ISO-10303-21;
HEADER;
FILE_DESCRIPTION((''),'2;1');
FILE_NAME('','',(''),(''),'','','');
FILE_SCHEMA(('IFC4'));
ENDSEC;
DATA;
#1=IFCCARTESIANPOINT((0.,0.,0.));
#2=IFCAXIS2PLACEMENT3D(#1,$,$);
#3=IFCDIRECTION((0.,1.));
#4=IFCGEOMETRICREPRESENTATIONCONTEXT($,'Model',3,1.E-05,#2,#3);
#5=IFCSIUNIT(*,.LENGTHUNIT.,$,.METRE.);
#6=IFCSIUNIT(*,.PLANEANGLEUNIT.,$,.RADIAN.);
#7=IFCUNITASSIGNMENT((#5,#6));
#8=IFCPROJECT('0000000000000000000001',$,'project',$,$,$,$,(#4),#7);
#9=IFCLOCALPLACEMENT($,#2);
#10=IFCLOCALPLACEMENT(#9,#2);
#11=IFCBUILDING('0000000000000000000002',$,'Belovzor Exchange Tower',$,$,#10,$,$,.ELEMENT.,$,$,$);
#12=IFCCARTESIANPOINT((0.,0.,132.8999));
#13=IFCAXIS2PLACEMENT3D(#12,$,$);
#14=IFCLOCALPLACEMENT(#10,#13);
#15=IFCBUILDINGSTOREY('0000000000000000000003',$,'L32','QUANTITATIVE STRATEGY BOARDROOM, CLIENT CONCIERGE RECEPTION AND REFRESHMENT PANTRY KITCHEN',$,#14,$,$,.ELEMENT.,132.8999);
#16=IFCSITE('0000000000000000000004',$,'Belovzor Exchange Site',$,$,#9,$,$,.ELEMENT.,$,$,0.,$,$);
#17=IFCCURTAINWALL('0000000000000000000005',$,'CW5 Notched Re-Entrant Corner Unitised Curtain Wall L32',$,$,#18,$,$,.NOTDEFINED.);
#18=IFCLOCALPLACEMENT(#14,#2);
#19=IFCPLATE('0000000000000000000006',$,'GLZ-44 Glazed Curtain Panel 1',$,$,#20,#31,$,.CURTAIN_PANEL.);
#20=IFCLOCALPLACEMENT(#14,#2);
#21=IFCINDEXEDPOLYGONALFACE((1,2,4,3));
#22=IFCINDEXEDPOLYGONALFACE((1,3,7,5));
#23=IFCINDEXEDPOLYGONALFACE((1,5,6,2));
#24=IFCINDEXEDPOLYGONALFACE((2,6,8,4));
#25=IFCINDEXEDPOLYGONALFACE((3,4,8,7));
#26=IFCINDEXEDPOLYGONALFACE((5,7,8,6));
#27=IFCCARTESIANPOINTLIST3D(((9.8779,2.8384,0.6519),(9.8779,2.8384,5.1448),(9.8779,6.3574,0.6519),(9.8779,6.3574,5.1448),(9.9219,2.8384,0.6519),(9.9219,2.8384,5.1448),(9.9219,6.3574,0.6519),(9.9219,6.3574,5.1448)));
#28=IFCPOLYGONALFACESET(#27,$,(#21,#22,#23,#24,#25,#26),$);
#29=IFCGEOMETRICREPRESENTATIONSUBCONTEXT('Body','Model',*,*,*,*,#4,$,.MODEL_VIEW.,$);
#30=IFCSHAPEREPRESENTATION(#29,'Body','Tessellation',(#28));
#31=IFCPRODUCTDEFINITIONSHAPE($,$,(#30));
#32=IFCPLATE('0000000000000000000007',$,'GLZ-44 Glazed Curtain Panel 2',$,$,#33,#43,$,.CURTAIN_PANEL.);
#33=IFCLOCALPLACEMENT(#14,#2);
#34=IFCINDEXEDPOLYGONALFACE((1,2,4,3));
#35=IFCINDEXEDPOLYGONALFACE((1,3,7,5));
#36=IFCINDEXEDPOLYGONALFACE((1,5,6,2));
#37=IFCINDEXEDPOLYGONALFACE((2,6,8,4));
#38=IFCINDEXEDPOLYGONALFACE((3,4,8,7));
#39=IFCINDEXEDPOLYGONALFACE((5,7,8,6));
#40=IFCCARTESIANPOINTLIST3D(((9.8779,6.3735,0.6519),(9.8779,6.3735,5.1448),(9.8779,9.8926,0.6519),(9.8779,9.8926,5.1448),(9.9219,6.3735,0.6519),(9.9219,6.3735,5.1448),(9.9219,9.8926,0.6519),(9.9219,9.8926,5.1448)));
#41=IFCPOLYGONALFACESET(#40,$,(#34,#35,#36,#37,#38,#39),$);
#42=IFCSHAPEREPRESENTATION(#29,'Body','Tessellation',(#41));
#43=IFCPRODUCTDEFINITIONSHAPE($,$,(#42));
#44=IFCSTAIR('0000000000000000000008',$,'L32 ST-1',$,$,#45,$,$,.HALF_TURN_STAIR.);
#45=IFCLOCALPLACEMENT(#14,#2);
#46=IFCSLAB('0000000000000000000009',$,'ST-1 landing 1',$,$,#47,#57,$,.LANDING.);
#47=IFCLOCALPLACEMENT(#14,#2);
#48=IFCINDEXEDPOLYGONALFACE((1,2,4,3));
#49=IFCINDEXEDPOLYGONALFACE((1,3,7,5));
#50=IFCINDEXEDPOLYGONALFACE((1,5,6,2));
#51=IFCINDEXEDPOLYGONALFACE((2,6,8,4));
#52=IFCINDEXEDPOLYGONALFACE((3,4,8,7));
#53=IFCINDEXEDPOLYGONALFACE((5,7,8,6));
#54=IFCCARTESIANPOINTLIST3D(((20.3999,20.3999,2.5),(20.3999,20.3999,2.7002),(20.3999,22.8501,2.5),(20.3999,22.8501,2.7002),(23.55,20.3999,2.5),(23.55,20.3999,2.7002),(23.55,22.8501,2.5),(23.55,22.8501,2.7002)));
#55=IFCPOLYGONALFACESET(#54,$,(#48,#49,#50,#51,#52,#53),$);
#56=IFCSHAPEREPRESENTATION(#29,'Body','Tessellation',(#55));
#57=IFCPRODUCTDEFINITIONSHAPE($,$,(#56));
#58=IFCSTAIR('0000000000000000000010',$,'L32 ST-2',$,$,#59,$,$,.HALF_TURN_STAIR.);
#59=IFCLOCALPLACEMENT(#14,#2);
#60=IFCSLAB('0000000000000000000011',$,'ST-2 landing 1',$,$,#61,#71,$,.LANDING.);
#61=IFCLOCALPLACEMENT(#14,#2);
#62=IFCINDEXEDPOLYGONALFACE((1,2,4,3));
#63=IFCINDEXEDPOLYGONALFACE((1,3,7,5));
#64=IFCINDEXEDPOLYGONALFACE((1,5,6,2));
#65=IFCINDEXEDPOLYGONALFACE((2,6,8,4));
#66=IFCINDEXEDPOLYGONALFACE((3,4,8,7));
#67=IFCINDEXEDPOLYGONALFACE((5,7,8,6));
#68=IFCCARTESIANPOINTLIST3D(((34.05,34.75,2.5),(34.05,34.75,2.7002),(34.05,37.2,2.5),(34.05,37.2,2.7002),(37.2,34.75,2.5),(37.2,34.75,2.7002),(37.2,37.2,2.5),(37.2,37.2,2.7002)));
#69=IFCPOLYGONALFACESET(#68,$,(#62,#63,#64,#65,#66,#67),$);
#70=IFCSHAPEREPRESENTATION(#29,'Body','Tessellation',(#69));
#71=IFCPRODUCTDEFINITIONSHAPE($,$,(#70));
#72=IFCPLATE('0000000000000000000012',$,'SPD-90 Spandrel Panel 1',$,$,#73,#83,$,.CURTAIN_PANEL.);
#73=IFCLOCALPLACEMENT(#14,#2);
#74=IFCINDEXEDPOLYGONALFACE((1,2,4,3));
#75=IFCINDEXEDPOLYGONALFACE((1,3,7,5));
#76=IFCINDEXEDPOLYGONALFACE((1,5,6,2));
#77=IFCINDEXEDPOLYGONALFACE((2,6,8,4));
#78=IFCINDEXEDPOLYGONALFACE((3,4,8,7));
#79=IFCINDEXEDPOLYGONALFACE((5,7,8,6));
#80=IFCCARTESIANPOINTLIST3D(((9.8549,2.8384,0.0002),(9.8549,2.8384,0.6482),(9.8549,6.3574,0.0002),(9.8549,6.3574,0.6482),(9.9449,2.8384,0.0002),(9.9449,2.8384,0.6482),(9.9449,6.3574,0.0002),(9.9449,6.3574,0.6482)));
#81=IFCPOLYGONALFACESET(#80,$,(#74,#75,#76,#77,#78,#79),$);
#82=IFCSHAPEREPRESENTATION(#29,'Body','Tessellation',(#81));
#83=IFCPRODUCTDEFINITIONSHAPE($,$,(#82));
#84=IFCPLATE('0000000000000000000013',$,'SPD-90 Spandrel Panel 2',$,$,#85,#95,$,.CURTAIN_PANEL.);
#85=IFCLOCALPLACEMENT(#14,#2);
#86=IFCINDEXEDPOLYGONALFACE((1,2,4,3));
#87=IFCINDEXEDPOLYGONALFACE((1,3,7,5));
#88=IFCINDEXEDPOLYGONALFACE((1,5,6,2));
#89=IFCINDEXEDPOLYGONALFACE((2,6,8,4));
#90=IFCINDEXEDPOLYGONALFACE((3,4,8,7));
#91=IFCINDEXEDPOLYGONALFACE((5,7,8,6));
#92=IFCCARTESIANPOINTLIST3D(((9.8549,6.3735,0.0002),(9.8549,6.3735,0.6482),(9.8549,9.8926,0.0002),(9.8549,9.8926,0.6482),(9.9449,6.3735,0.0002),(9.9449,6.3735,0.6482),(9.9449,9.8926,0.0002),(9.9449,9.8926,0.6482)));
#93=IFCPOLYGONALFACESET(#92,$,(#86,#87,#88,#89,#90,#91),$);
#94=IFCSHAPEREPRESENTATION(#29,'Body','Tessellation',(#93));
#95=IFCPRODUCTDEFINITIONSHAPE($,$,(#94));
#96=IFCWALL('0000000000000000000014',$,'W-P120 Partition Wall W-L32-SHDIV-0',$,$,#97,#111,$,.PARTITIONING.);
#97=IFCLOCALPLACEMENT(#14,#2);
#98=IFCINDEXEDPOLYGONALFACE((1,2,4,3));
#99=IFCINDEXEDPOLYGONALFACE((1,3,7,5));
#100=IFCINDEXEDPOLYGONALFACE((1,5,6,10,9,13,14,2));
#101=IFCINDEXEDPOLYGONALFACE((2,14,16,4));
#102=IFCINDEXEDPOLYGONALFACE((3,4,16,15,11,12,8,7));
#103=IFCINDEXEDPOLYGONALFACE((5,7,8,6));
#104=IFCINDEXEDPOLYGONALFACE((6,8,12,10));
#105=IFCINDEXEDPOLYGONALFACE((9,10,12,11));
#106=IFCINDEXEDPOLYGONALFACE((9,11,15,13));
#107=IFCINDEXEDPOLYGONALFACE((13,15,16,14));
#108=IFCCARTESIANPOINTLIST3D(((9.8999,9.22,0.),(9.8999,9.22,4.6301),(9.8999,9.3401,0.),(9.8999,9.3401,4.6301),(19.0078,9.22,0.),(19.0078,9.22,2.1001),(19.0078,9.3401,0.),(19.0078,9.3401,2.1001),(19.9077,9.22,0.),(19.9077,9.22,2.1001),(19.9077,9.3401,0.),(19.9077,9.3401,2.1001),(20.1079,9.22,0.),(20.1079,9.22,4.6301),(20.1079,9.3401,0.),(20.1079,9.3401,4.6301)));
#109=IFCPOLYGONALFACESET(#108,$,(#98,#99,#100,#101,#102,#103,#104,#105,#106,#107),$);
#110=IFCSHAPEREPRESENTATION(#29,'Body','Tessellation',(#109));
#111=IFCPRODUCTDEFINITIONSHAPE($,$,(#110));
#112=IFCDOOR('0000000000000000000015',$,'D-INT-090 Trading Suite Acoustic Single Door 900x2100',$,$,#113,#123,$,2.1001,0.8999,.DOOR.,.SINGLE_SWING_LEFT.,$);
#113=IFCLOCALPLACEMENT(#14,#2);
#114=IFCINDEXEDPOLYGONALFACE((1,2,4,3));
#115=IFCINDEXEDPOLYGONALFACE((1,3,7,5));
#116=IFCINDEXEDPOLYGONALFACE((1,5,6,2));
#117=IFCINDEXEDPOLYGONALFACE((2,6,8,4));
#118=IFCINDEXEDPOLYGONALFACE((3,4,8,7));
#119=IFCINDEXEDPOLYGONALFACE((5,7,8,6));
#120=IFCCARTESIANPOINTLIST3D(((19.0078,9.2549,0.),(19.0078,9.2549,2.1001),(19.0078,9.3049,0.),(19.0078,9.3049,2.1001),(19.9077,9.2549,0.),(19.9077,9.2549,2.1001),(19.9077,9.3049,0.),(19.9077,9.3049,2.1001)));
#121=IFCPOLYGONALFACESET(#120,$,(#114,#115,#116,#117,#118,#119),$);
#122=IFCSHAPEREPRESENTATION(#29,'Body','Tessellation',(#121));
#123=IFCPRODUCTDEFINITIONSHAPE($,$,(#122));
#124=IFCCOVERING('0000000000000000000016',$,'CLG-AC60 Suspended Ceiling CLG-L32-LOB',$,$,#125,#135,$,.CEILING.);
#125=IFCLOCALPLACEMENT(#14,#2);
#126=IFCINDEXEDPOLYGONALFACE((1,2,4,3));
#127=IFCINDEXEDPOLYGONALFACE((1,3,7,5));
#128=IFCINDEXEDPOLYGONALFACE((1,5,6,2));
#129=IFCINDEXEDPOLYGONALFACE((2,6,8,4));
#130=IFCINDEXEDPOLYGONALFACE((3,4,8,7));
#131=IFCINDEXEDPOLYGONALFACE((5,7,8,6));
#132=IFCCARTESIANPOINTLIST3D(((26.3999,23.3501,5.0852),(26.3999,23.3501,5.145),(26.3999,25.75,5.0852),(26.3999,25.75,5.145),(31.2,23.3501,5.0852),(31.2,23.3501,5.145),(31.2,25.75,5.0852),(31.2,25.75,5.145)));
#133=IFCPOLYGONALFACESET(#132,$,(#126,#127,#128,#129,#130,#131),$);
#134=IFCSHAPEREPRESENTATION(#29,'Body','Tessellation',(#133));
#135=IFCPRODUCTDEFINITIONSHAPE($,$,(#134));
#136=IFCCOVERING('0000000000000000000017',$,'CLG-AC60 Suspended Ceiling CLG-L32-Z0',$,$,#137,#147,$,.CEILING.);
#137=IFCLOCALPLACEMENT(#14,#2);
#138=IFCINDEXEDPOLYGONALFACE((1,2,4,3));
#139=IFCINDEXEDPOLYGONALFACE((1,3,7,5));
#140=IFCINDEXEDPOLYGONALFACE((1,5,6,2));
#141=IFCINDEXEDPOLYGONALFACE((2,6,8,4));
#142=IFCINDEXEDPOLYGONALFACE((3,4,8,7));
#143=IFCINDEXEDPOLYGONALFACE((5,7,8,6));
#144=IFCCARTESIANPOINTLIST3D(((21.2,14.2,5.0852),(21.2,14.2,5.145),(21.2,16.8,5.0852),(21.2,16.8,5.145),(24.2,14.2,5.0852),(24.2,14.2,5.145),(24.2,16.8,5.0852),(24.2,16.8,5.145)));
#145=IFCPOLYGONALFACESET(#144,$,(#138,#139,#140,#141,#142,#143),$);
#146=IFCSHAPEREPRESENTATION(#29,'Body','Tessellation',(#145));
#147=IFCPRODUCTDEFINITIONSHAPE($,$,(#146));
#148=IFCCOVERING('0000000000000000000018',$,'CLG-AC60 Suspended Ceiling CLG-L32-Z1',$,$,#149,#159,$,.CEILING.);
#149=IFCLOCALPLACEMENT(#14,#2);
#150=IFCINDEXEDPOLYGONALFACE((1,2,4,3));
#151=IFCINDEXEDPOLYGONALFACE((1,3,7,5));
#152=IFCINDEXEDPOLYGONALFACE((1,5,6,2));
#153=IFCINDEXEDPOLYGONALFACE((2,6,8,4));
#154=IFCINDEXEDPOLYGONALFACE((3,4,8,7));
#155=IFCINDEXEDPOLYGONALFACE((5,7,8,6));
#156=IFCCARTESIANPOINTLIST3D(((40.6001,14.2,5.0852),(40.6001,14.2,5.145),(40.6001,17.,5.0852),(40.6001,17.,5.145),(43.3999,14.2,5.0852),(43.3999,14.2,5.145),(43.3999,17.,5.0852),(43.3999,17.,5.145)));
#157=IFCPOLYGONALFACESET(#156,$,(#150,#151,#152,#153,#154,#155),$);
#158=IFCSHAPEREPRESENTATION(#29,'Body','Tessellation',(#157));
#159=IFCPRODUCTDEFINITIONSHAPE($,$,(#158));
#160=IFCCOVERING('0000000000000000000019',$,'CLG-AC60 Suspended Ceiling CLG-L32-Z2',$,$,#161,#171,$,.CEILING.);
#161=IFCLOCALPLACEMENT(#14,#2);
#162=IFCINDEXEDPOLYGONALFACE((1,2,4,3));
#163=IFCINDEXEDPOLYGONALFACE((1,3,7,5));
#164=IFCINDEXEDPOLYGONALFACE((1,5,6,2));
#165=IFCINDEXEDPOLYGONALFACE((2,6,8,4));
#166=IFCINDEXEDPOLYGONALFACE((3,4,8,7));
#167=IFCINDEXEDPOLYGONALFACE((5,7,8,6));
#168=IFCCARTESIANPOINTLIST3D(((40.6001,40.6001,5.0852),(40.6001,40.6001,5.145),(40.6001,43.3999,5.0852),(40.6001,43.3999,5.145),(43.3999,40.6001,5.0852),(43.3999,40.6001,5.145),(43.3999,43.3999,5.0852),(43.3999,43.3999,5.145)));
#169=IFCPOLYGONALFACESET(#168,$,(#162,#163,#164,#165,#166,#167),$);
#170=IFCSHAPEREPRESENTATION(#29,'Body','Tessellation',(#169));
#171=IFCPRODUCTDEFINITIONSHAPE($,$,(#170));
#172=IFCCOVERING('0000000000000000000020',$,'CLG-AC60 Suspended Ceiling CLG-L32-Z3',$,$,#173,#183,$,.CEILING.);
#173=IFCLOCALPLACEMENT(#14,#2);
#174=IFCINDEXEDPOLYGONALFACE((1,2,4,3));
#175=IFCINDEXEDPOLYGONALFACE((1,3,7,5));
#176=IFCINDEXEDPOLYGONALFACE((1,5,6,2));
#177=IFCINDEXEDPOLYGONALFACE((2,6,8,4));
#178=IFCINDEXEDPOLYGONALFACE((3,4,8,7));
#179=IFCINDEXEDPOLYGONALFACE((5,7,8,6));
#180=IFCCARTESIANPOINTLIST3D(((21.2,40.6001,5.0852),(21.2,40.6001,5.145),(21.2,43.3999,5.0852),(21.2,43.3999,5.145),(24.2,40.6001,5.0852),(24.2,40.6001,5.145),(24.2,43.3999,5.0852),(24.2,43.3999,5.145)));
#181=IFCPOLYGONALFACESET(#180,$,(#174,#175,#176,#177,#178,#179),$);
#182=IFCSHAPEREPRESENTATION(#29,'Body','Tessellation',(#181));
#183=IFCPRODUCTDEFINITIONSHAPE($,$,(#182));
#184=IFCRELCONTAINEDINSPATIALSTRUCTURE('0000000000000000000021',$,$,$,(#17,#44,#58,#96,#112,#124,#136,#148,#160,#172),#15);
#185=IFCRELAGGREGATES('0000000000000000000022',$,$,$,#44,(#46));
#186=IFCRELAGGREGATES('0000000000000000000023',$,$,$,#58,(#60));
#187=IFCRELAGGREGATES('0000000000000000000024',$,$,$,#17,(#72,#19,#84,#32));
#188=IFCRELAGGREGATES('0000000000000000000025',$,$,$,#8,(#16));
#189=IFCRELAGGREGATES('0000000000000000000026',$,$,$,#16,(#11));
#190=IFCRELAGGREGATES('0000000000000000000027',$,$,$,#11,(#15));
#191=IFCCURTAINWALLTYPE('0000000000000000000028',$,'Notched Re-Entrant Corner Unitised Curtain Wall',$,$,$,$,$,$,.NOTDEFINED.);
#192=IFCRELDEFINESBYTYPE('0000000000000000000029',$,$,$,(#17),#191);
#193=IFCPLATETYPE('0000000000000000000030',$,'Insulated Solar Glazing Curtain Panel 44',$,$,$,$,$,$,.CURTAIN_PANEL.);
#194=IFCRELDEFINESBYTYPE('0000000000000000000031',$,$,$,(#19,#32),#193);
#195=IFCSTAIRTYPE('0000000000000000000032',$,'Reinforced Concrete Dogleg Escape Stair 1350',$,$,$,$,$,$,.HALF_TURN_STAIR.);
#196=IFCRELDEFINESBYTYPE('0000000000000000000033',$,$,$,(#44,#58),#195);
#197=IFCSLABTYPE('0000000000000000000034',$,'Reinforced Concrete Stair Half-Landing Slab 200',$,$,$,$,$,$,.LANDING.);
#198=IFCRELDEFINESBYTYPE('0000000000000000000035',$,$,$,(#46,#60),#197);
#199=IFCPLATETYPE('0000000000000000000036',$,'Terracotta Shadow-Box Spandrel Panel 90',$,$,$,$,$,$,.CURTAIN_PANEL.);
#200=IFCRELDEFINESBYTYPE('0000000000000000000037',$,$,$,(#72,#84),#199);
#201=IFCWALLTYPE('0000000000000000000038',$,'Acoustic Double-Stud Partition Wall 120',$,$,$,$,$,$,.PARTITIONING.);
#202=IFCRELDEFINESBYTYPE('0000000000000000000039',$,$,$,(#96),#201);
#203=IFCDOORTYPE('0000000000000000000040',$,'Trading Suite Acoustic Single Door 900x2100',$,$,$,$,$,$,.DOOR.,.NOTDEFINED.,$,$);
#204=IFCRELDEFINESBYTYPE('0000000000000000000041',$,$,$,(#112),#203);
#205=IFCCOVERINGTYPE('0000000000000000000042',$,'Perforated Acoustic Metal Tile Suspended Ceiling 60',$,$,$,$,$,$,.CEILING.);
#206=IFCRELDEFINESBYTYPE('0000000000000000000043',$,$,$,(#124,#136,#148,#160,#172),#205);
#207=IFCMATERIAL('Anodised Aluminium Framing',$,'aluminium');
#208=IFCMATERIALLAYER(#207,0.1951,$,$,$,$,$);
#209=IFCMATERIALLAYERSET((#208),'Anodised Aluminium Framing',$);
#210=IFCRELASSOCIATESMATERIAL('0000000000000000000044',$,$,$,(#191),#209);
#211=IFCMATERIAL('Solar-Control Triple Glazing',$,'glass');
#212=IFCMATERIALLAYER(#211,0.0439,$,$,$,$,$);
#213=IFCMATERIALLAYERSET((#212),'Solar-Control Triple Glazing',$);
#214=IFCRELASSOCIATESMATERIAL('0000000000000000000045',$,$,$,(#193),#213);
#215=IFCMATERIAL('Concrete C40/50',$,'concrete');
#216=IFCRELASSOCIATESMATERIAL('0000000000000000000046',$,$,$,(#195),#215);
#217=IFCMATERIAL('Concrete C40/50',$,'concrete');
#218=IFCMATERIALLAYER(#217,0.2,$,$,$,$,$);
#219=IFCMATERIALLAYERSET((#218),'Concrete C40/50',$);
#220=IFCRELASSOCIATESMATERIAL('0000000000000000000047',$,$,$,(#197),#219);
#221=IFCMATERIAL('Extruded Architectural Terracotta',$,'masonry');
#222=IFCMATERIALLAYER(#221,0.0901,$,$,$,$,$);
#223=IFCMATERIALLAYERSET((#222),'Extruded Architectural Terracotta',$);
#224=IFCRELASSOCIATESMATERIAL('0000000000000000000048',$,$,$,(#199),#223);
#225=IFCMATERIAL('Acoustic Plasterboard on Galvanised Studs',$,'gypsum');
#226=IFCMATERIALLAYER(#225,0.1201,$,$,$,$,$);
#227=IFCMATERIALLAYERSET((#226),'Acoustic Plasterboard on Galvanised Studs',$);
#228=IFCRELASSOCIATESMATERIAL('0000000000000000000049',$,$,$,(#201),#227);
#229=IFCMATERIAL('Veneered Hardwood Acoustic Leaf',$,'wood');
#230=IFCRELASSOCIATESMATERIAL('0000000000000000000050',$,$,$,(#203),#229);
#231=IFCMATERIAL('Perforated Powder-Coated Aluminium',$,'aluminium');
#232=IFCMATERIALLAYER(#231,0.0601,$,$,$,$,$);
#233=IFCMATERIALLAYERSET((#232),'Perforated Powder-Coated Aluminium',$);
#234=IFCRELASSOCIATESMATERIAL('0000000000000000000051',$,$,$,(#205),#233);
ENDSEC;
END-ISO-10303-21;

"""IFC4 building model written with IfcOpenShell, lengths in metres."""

from ifc_helpers import new_model, si_unit, direction, frame, frame_2d, origin, origin_2d, place, context, subcontext, project, spatial, polyline, rectangle, outline, extrude, material, layer, layer_set, type_object, element, fill, aggregate, save


model = new_model("IFC4")

# Units and contexts
model_context = context("Model", 3, precision=1e-05, world=origin(), true_north=direction((0.0, 1.0)))
body_context = subcontext(model_context, "Body", "Model", "MODEL_VIEW")
ifc_project = project(units=[si_unit("LENGTHUNIT", "METRE"), si_unit("PLANEANGLEUNIT", "RADIAN")], contexts=[model_context])

# Site, building, storey
site_placement = place(None, origin())
site = spatial("IfcSite", under=ifc_project, at=site_placement, Name="Belovzor Exchange Site", CompositionType="ELEMENT", RefElevation=0.0)
building_placement = place(site_placement, origin())
building = spatial("IfcBuilding", under=site, at=building_placement, Name="Belovzor Exchange Tower", CompositionType="ELEMENT")
storey_placement = place(building_placement, frame((0.0, 0.0, 132.8999)))
storey = spatial("IfcBuildingStorey", under=building, at=storey_placement, Name="L32", Description="QUANTITATIVE STRATEGY BOARDROOM, CLIENT CONCIERGE RECEPTION AND REFRESHMENT PANTRY KITCHEN", CompositionType="ELEMENT", Elevation=132.8999)

# Curtain wall
ifc_material_1 = material(Name="Anodised Aluminium Framing", Category="aluminium")
ifc_layer_1 = layer(ifc_material_1, 0.1951)
ifc_layer_set_1 = layer_set([ifc_layer_1], Name="Anodised Aluminium Framing")
curtain_wall_type = type_object("IfcCurtainWallType", Name="Notched Re-Entrant Corner Unitised Curtain Wall", PredefinedType="NOTDEFINED", material=ifc_layer_set_1)
curtain_wall_placement = place(storey_placement, origin())
curtain_wall = element("IfcCurtainWall", 1, at=curtain_wall_placement, inside=storey, type_object=curtain_wall_type, Name="CW5 Notched Re-Entrant Corner Unitised Curtain Wall L32", PredefinedType="NOTDEFINED")

# Plates
ifc_material_2 = material(Name="Solar-Control Triple Glazing", Category="glass")
ifc_layer_2 = layer(ifc_material_2, 0.0439)
ifc_layer_set_2 = layer_set([ifc_layer_2], Name="Solar-Control Triple Glazing")
plate_type_1 = type_object("IfcPlateType", Name="Insulated Solar Glazing Curtain Panel 44", PredefinedType="CURTAIN_PANEL", material=ifc_layer_set_2)
plate_1_placement = place(storey_placement, frame((9.8999, 4.5979, 0.6519), z_axis=(0.0, 0.0, 1.0), x_axis=(0.0, 1.0, 0.0)))
plate_1 = element("IfcPlate", 2, at=plate_1_placement, type_object=plate_type_1, Name="GLZ-44 Glazed Curtain Panel 1", PredefinedType="CURTAIN_PANEL", context=body_context, shape_type="SweptSolid", body=[
    extrude(rectangle(XDim=3.519, YDim=0.0439, at=origin_2d()), origin(), (0.0, 0.0, 1.0), 4.4929),
])
plate_2_placement = place(storey_placement, frame((9.8999, 8.1331, 0.6519), z_axis=(0.0, 0.0, 1.0), x_axis=(0.0, 1.0, 0.0)))
plate_2 = element("IfcPlate", 3, at=plate_2_placement, type_object=plate_type_1, Name="GLZ-44 Glazed Curtain Panel 2", PredefinedType="CURTAIN_PANEL", context=body_context, shape_type="SweptSolid", body=[
    extrude(rectangle(XDim=3.519, YDim=0.0439, at=origin_2d()), origin(), (0.0, 0.0, 1.0), 4.4929),
])

# Stairs, slabs
ifc_material_3 = material(Name="Concrete C40/50", Category="concrete")
stair_type = type_object("IfcStairType", Name="Reinforced Concrete Dogleg Escape Stair 1350", PredefinedType="HALF_TURN_STAIR", material=ifc_material_3)
stair_1_placement = place(storey_placement, origin())
stair_1 = element("IfcStair", 4, at=stair_1_placement, inside=storey, type_object=stair_type, Name="L32 ST-1", PredefinedType="HALF_TURN_STAIR")
ifc_material_4 = material(Name="Concrete C40/50", Category="concrete")
ifc_layer_3 = layer(ifc_material_4, 0.2)
ifc_layer_set_3 = layer_set([ifc_layer_3], Name="Concrete C40/50")
slab_type_1 = type_object("IfcSlabType", Name="Reinforced Concrete Stair Half-Landing Slab 200", PredefinedType="LANDING", material=ifc_layer_set_3)
slab_1_placement = place(storey_placement, frame((0.0, 0.0, 2.5)))
slab_1 = element("IfcSlab", 5, at=slab_1_placement, type_object=slab_type_1, Name="ST-1 landing 1", PredefinedType="LANDING", context=body_context, shape_type="SweptSolid", body=[
    extrude(outline(polyline([(20.3999, 22.8501), (20.3999, 20.3999), (23.55, 20.3999), (23.55, 22.8501), (20.3999, 22.8501)])), origin(), (0.0, 0.0, 1.0), 0.2002),
])
aggregate(stair_1, [slab_1])
stair_2_placement = place(storey_placement, origin())
stair_2 = element("IfcStair", 6, at=stair_2_placement, inside=storey, type_object=stair_type, Name="L32 ST-2", PredefinedType="HALF_TURN_STAIR")
slab_2_placement = place(storey_placement, frame((0.0, 0.0, 2.5)))
slab_2 = element("IfcSlab", 7, at=slab_2_placement, type_object=slab_type_1, Name="ST-2 landing 1", PredefinedType="LANDING", context=body_context, shape_type="SweptSolid", body=[
    extrude(outline(polyline([(37.2, 34.75), (37.2, 37.2), (34.05, 37.2), (34.05, 34.75), (37.2, 34.75)])), origin(), (0.0, 0.0, 1.0), 0.2002),
])
aggregate(stair_2, [slab_2])

# Plates
ifc_material_5 = material(Name="Extruded Architectural Terracotta", Category="masonry")
ifc_layer_4 = layer(ifc_material_5, 0.0901)
ifc_layer_set_4 = layer_set([ifc_layer_4], Name="Extruded Architectural Terracotta")
plate_type_2 = type_object("IfcPlateType", Name="Terracotta Shadow-Box Spandrel Panel 90", PredefinedType="CURTAIN_PANEL", material=ifc_layer_set_4)
plate_3_placement = place(storey_placement, frame((9.8999, 4.5979, 0.0002), z_axis=(0.0, 0.0, 1.0), x_axis=(0.0, 1.0, 0.0)))
plate_3 = element("IfcPlate", 8, at=plate_3_placement, type_object=plate_type_2, Name="SPD-90 Spandrel Panel 1", PredefinedType="CURTAIN_PANEL", context=body_context, shape_type="SweptSolid", body=[
    extrude(rectangle(XDim=3.519, YDim=0.0901, at=origin_2d()), origin(), (0.0, 0.0, 1.0), 0.6479),
])
plate_4_placement = place(storey_placement, frame((9.8999, 8.1331, 0.0002), z_axis=(0.0, 0.0, 1.0), x_axis=(0.0, 1.0, 0.0)))
plate_4 = element("IfcPlate", 9, at=plate_4_placement, type_object=plate_type_2, Name="SPD-90 Spandrel Panel 2", PredefinedType="CURTAIN_PANEL", context=body_context, shape_type="SweptSolid", body=[
    extrude(rectangle(XDim=3.519, YDim=0.0901, at=origin_2d()), origin(), (0.0, 0.0, 1.0), 0.6479),
])
aggregate(curtain_wall, [plate_3, plate_1, plate_4, plate_2])

# Wall, opening, door
ifc_material_6 = material(Name="Acoustic Plasterboard on Galvanised Studs", Category="gypsum")
ifc_layer_5 = layer(ifc_material_6, 0.1201)
ifc_layer_set_5 = layer_set([ifc_layer_5], Name="Acoustic Plasterboard on Galvanised Studs")
wall_type = type_object("IfcWallType", Name="Acoustic Double-Stud Partition Wall 120", PredefinedType="PARTITIONING", material=ifc_layer_set_5)
wall_placement = place(storey_placement, frame((9.8999, 9.28, 0.0), z_axis=(0.0, 0.0, 1.0), x_axis=(1.0, 0.0, 0.0)))
wall = element("IfcWall", 10, at=wall_placement, inside=storey, type_object=wall_type, Name="W-P120 Partition Wall W-L32-SHDIV-0", PredefinedType="PARTITIONING", context=body_context, shape_type="SweptSolid", body=[
    extrude(rectangle(XDim=10.208, YDim=0.1201, at=frame_2d((5.104, 0.0))), origin(), (0.0, 0.0, 1.0), 4.6301),
])
opening_placement = place(wall_placement, frame((9.1079, 0.0, 0.0)))
opening = element("IfcOpeningElement", 11, at=opening_placement, cuts=wall, PredefinedType="OPENING", context=body_context, shape_type="SweptSolid", body=[
    extrude(rectangle(XDim=0.8999, YDim=2.1001, at=frame_2d((0.45, 1.05))), frame((0.0, 0.0701, 0.0), z_axis=(0.0, -1.0, 0.0), x_axis=(1.0, 0.0, 0.0)), (0.0, 0.0, 1.0), 0.1401),
])
ifc_material_7 = material(Name="Veneered Hardwood Acoustic Leaf", Category="wood")
door_type = type_object("IfcDoorType", Name="Trading Suite Acoustic Single Door 900x2100", OperationType="NOTDEFINED", PredefinedType="DOOR", material=ifc_material_7)
door_placement = place(opening_placement, origin())
door = element("IfcDoor", 12, at=door_placement, inside=storey, type_object=door_type, Name="D-INT-090 Trading Suite Acoustic Single Door 900x2100", OperationType="SINGLE_SWING_LEFT", OverallHeight=2.1001, OverallWidth=0.8999, PredefinedType="DOOR", context=body_context, shape_type="SweptSolid", body=[
    extrude(rectangle(XDim=0.8999, YDim=2.1001, at=frame_2d((0.45, 1.05))), frame((0.0, 0.0249, 0.0), z_axis=(0.0, -1.0, 0.0), x_axis=(1.0, 0.0, 0.0)), (0.0, 0.0, 1.0), 0.05),
])
fill(opening, door)

# Coverings
ifc_material_8 = material(Name="Perforated Powder-Coated Aluminium", Category="aluminium")
ifc_layer_6 = layer(ifc_material_8, 0.0601)
ifc_layer_set_6 = layer_set([ifc_layer_6], Name="Perforated Powder-Coated Aluminium")
covering_type_1 = type_object("IfcCoveringType", Name="Perforated Acoustic Metal Tile Suspended Ceiling 60", PredefinedType="CEILING", material=ifc_layer_set_6)
covering_1_placement = place(storey_placement, frame((0.0, 0.0, 5.0852)))
element("IfcCovering", 13, at=covering_1_placement, inside=storey, type_object=covering_type_1, Name="CLG-AC60 Suspended Ceiling CLG-L32-LOB", PredefinedType="CEILING", context=body_context, shape_type="SweptSolid", body=[
    extrude(outline(polyline([(26.3999, 23.3501), (31.2, 23.3501), (31.2, 25.75), (26.3999, 25.75), (26.3999, 23.3501)])), origin(), (0.0, 0.0, 1.0), 0.0598),
])
covering_2_placement = place(storey_placement, frame((0.0, 0.0, 5.0852)))
element("IfcCovering", 14, at=covering_2_placement, inside=storey, type_object=covering_type_1, Name="CLG-AC60 Suspended Ceiling CLG-L32-Z0", PredefinedType="CEILING", context=body_context, shape_type="SweptSolid", body=[
    extrude(outline(polyline([(21.2, 14.2), (24.2, 14.2), (24.2, 16.8), (21.2, 16.8), (21.2, 14.2)])), origin(), (0.0, 0.0, 1.0), 0.0598),
])
covering_3_placement = place(storey_placement, frame((0.0, 0.0, 5.0852)))
element("IfcCovering", 15, at=covering_3_placement, inside=storey, type_object=covering_type_1, Name="CLG-AC60 Suspended Ceiling CLG-L32-Z1", PredefinedType="CEILING", context=body_context, shape_type="SweptSolid", body=[
    extrude(outline(polyline([(40.6001, 14.2), (43.3999, 14.2), (43.3999, 17.0), (40.6001, 17.0), (40.6001, 14.2)])), origin(), (0.0, 0.0, 1.0), 0.0598),
])
covering_4_placement = place(storey_placement, frame((0.0, 0.0, 5.0852)))
element("IfcCovering", 16, at=covering_4_placement, inside=storey, type_object=covering_type_1, Name="CLG-AC60 Suspended Ceiling CLG-L32-Z2", PredefinedType="CEILING", context=body_context, shape_type="SweptSolid", body=[
    extrude(outline(polyline([(40.6001, 40.6001), (43.3999, 40.6001), (43.3999, 43.3999), (40.6001, 43.3999), (40.6001, 40.6001)])), origin(), (0.0, 0.0, 1.0), 0.0598),
])
covering_5_placement = place(storey_placement, frame((0.0, 0.0, 5.0852)))
element("IfcCovering", 17, at=covering_5_placement, inside=storey, type_object=covering_type_1, Name="CLG-AC60 Suspended Ceiling CLG-L32-Z3", PredefinedType="CEILING", context=body_context, shape_type="SweptSolid", body=[
    extrude(outline(polyline([(21.2, 40.6001), (24.2, 40.6001), (24.2, 43.3999), (21.2, 43.3999), (21.2, 40.6001)])), origin(), (0.0, 0.0, 1.0), 0.0598),
])

save(model, "model.ifc")
